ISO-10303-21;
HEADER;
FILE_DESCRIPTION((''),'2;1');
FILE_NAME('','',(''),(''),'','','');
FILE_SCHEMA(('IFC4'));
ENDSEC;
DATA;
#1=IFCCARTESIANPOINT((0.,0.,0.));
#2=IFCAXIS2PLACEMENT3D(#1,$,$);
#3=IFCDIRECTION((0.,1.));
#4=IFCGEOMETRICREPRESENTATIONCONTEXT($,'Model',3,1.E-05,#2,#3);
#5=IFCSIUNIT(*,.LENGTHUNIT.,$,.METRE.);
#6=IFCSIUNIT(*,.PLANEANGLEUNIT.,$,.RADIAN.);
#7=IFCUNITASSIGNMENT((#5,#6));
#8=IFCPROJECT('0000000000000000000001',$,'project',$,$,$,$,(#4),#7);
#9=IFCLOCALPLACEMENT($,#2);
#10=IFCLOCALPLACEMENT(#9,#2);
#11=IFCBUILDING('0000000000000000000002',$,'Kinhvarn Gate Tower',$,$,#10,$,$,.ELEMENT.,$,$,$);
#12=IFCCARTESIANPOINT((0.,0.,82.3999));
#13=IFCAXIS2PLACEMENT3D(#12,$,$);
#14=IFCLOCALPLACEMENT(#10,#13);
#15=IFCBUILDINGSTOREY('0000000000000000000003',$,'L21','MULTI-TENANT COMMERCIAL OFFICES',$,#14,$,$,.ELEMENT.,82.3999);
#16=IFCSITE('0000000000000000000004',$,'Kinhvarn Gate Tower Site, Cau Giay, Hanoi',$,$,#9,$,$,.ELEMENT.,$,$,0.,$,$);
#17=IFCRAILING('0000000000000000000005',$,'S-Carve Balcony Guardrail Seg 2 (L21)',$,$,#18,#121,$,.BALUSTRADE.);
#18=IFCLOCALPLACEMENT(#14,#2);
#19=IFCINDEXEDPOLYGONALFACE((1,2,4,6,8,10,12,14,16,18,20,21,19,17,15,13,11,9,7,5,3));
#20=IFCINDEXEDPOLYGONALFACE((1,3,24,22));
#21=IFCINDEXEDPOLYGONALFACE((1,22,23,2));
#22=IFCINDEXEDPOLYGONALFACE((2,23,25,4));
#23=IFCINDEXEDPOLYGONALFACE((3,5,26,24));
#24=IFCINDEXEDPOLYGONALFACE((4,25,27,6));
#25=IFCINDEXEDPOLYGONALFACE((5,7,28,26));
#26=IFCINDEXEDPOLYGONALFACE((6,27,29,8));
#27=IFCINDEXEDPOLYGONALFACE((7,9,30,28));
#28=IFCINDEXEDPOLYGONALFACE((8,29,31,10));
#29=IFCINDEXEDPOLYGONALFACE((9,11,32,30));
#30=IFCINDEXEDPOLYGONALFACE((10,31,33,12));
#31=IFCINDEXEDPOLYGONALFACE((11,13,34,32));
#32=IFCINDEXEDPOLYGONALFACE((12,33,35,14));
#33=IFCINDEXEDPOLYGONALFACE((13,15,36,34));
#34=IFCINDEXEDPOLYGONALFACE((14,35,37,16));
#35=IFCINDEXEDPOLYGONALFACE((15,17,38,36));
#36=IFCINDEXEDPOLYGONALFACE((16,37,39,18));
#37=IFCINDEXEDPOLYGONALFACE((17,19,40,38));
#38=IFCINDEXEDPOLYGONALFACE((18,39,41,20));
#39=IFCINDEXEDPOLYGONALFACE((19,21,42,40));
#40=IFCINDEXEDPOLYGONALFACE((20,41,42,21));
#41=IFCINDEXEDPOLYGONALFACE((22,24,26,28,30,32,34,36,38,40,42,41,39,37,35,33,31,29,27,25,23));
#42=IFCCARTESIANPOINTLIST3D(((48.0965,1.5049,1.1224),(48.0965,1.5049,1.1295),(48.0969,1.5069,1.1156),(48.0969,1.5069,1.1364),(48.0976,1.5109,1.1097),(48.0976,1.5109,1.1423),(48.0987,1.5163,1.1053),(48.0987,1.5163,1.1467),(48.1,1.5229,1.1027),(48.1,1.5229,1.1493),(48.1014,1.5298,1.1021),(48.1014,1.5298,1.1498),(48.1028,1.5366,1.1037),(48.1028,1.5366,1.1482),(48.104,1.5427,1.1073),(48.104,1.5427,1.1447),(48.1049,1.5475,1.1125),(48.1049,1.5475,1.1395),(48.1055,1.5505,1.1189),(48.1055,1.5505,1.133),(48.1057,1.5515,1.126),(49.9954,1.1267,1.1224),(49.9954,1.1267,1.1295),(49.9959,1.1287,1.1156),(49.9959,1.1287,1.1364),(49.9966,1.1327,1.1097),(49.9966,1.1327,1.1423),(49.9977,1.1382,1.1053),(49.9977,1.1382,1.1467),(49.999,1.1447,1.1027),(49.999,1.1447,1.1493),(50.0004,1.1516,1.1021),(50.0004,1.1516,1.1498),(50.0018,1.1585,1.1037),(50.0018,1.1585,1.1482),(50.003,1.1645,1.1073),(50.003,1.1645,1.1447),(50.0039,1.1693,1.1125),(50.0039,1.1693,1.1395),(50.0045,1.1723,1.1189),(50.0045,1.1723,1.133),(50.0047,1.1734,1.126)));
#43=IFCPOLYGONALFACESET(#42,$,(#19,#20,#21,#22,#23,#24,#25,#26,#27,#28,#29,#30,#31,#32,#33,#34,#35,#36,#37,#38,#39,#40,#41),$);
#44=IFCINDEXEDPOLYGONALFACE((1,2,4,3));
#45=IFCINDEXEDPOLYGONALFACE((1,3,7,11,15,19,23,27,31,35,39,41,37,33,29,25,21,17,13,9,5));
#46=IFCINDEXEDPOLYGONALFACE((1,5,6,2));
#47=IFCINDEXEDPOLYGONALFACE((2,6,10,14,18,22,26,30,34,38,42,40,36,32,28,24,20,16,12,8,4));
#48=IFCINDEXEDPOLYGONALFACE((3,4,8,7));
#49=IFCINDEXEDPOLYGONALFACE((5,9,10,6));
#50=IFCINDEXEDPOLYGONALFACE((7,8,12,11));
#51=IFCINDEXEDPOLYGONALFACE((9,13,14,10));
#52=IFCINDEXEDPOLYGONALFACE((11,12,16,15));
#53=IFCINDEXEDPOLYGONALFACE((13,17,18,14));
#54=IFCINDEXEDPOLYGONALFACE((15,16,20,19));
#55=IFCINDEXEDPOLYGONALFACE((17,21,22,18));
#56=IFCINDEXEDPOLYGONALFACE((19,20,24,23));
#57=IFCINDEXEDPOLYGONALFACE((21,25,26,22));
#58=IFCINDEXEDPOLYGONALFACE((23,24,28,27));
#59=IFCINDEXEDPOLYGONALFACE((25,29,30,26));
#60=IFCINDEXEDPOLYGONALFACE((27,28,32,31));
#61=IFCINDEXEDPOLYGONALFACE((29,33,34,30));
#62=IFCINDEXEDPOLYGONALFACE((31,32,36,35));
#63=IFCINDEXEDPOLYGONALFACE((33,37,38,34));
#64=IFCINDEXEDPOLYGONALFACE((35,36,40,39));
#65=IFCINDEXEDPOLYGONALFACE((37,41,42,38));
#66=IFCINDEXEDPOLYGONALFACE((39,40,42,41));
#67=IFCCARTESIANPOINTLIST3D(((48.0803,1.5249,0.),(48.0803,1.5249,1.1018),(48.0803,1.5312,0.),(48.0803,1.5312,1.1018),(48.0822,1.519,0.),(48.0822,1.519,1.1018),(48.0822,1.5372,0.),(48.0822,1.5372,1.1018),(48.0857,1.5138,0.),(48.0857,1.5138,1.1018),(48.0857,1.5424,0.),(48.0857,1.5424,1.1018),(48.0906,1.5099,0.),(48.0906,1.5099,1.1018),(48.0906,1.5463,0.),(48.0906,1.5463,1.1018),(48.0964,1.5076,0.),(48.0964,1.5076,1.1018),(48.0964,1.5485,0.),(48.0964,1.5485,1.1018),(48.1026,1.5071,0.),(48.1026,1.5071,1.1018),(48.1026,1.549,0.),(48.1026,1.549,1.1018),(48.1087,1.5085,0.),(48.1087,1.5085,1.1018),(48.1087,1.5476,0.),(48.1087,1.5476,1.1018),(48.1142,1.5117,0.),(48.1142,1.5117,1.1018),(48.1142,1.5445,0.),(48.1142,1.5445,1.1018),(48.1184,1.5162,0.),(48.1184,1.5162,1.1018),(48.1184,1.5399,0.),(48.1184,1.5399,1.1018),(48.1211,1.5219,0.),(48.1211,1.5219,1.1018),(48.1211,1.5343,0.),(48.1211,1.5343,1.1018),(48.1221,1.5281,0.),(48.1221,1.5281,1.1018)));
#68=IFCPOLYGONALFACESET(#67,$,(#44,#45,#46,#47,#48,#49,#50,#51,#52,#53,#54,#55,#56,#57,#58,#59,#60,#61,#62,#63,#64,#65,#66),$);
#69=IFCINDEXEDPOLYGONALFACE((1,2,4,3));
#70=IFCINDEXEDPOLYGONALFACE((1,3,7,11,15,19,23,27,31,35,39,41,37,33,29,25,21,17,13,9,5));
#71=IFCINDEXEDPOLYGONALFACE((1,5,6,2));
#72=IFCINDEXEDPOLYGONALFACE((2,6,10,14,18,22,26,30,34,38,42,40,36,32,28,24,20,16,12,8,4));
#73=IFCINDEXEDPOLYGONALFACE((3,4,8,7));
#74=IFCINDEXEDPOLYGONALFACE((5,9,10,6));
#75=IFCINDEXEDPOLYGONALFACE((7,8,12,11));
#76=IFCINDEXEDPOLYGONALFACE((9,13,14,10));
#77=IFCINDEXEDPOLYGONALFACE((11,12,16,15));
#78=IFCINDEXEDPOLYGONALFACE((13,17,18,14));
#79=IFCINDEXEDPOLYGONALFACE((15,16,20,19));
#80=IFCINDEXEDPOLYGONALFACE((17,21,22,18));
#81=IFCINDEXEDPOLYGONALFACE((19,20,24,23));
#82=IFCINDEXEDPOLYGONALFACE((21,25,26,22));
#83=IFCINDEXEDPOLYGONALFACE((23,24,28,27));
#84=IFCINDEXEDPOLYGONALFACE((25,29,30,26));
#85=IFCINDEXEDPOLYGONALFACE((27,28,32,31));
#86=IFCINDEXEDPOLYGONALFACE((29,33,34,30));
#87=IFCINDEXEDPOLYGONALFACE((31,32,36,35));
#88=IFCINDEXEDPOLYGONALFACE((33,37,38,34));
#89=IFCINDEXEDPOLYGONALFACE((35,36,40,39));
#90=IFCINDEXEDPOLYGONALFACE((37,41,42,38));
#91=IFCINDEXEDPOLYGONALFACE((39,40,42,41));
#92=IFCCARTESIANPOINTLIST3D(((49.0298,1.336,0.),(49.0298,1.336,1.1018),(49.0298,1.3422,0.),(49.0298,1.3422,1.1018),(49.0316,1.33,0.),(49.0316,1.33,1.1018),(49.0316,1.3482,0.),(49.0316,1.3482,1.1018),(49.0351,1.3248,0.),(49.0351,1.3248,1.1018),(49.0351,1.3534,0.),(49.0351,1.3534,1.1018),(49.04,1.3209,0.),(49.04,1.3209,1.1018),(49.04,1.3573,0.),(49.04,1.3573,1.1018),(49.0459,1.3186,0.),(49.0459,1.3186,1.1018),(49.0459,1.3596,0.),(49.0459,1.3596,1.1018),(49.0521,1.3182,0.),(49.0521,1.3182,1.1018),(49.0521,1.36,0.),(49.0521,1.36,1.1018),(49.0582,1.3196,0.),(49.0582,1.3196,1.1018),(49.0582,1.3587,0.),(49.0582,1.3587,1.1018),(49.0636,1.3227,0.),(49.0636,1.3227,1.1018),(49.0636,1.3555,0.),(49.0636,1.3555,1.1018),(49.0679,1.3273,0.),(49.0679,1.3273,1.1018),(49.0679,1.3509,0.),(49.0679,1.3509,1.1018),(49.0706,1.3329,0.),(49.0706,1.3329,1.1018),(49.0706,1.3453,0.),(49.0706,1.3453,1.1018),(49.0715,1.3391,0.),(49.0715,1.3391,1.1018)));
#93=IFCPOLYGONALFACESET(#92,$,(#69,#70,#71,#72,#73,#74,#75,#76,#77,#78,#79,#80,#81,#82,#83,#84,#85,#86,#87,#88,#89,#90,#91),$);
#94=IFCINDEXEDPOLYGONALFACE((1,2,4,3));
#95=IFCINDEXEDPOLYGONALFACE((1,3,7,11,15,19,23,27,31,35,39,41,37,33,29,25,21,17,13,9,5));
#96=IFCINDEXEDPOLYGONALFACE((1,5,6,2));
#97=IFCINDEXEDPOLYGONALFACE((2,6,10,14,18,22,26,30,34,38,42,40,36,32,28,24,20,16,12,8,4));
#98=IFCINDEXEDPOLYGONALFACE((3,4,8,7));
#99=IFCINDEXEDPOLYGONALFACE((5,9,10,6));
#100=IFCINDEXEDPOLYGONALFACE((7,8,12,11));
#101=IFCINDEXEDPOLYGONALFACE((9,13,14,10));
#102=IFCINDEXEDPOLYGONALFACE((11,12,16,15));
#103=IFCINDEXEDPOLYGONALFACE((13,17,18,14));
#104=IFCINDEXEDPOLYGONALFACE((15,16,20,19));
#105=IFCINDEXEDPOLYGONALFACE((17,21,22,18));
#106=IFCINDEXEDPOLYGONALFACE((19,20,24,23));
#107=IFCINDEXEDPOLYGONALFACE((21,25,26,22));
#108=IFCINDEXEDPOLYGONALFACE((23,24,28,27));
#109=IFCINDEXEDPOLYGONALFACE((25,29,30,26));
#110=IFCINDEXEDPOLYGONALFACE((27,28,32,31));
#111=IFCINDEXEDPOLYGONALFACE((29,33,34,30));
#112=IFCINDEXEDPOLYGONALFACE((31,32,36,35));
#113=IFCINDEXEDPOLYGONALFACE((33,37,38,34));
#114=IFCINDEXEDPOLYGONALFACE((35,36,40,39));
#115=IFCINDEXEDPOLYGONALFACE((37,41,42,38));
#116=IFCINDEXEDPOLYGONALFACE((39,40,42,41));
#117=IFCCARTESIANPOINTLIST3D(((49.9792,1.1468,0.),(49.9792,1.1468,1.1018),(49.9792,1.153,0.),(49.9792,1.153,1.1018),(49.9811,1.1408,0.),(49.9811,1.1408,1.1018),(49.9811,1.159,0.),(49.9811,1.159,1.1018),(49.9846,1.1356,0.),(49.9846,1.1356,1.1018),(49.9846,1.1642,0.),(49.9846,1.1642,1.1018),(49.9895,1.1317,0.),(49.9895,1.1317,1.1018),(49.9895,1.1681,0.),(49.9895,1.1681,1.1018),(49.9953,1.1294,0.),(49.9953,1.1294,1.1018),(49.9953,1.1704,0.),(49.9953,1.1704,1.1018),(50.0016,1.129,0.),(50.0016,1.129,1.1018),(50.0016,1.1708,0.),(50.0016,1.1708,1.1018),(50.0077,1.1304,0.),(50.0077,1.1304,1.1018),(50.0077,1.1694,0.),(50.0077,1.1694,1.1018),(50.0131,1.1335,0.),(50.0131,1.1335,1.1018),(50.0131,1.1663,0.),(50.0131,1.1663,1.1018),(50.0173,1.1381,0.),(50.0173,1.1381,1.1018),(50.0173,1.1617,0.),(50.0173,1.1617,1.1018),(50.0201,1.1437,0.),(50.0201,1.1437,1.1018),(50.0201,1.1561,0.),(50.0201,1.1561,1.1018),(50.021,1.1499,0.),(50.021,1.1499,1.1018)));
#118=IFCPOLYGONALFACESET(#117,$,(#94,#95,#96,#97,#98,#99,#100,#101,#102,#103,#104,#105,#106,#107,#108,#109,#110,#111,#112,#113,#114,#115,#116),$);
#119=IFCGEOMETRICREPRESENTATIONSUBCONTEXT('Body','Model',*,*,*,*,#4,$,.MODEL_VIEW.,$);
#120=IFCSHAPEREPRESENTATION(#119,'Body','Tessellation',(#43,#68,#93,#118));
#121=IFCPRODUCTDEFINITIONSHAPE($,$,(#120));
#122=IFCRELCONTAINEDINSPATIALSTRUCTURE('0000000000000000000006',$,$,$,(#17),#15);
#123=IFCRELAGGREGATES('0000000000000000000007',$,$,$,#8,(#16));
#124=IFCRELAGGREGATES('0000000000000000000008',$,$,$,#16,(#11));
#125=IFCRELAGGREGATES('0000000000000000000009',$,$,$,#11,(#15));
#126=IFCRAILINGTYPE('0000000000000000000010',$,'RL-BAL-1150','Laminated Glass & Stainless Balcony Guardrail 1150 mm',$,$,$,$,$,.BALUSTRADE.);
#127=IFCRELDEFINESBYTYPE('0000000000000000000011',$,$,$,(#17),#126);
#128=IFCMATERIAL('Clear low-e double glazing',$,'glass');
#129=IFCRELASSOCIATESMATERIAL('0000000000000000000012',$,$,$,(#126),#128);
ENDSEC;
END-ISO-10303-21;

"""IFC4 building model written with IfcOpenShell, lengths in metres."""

from ifc_helpers import new_model, si_unit, direction, frame, origin, origin_2d, place, context, subcontext, project, spatial, circle, extrude, material, type_object, element, save


model = new_model("IFC4")

# Units and contexts
model_context = context("Model", 3, precision=1e-05, world=origin(), true_north=direction((0.0, 1.0)))
body_context = subcontext(model_context, "Body", "Model", "MODEL_VIEW")
ifc_project = project(units=[si_unit("LENGTHUNIT", "METRE"), si_unit("PLANEANGLEUNIT", "RADIAN")], contexts=[model_context])

# Site, building, storey
site_placement = place(None, origin())
site = spatial("IfcSite", under=ifc_project, at=site_placement, Name="Kinhvarn Gate Tower Site, Cau Giay, Hanoi", CompositionType="ELEMENT", RefElevation=0.0)
building_placement = place(site_placement, origin())
building = spatial("IfcBuilding", under=site, at=building_placement, Name="Kinhvarn Gate Tower", CompositionType="ELEMENT")
storey_placement = place(building_placement, frame((0.0, 0.0, 82.3999)))
storey = spatial("IfcBuildingStorey", under=building, at=storey_placement, Name="L21", Description="MULTI-TENANT COMMERCIAL OFFICES", CompositionType="ELEMENT", Elevation=82.3999)

# Shared definitions
ifc_material_1 = material(Name="Clear low-e double glazing", Category="glass")

# Railing
railing_type = type_object("IfcRailingType", Name="RL-BAL-1150", Description="Laminated Glass & Stainless Balcony Guardrail 1150 mm", PredefinedType="BALUSTRADE", material=ifc_material_1)
railing_1_placement = place(storey_placement, frame((48.1011, 1.5281, 0.0)))
element("IfcRailing", 1, at=railing_1_placement, inside=storey, type_object=railing_type, Name="S-Carve Balcony Guardrail Seg 2 (L21)", PredefinedType="BALUSTRADE", context=body_context, shape_type="SweptSolid", body=[
    extrude(circle(Radius=0.0239, at=origin_2d()), frame((0.0, 0.0, 1.126), z_axis=(0.98074, -0.195316, 0.0), x_axis=(0.195316, 0.98074, 0.0)), (0.0, 0.0, 1.0), 1.9363),
    extrude(circle(Radius=0.021, at=origin_2d()), origin(), (0.0, 0.0, 1.0), 1.1018),
    extrude(circle(Radius=0.021, at=origin_2d()), frame((0.9495, -0.189, 0.0)), (0.0, 0.0, 1.0), 1.1018),
    extrude(circle(Radius=0.021, at=origin_2d()), frame((1.8989, -0.3782, 0.0)), (0.0, 0.0, 1.0), 1.1018),
])

save(model, "model.ifc")
